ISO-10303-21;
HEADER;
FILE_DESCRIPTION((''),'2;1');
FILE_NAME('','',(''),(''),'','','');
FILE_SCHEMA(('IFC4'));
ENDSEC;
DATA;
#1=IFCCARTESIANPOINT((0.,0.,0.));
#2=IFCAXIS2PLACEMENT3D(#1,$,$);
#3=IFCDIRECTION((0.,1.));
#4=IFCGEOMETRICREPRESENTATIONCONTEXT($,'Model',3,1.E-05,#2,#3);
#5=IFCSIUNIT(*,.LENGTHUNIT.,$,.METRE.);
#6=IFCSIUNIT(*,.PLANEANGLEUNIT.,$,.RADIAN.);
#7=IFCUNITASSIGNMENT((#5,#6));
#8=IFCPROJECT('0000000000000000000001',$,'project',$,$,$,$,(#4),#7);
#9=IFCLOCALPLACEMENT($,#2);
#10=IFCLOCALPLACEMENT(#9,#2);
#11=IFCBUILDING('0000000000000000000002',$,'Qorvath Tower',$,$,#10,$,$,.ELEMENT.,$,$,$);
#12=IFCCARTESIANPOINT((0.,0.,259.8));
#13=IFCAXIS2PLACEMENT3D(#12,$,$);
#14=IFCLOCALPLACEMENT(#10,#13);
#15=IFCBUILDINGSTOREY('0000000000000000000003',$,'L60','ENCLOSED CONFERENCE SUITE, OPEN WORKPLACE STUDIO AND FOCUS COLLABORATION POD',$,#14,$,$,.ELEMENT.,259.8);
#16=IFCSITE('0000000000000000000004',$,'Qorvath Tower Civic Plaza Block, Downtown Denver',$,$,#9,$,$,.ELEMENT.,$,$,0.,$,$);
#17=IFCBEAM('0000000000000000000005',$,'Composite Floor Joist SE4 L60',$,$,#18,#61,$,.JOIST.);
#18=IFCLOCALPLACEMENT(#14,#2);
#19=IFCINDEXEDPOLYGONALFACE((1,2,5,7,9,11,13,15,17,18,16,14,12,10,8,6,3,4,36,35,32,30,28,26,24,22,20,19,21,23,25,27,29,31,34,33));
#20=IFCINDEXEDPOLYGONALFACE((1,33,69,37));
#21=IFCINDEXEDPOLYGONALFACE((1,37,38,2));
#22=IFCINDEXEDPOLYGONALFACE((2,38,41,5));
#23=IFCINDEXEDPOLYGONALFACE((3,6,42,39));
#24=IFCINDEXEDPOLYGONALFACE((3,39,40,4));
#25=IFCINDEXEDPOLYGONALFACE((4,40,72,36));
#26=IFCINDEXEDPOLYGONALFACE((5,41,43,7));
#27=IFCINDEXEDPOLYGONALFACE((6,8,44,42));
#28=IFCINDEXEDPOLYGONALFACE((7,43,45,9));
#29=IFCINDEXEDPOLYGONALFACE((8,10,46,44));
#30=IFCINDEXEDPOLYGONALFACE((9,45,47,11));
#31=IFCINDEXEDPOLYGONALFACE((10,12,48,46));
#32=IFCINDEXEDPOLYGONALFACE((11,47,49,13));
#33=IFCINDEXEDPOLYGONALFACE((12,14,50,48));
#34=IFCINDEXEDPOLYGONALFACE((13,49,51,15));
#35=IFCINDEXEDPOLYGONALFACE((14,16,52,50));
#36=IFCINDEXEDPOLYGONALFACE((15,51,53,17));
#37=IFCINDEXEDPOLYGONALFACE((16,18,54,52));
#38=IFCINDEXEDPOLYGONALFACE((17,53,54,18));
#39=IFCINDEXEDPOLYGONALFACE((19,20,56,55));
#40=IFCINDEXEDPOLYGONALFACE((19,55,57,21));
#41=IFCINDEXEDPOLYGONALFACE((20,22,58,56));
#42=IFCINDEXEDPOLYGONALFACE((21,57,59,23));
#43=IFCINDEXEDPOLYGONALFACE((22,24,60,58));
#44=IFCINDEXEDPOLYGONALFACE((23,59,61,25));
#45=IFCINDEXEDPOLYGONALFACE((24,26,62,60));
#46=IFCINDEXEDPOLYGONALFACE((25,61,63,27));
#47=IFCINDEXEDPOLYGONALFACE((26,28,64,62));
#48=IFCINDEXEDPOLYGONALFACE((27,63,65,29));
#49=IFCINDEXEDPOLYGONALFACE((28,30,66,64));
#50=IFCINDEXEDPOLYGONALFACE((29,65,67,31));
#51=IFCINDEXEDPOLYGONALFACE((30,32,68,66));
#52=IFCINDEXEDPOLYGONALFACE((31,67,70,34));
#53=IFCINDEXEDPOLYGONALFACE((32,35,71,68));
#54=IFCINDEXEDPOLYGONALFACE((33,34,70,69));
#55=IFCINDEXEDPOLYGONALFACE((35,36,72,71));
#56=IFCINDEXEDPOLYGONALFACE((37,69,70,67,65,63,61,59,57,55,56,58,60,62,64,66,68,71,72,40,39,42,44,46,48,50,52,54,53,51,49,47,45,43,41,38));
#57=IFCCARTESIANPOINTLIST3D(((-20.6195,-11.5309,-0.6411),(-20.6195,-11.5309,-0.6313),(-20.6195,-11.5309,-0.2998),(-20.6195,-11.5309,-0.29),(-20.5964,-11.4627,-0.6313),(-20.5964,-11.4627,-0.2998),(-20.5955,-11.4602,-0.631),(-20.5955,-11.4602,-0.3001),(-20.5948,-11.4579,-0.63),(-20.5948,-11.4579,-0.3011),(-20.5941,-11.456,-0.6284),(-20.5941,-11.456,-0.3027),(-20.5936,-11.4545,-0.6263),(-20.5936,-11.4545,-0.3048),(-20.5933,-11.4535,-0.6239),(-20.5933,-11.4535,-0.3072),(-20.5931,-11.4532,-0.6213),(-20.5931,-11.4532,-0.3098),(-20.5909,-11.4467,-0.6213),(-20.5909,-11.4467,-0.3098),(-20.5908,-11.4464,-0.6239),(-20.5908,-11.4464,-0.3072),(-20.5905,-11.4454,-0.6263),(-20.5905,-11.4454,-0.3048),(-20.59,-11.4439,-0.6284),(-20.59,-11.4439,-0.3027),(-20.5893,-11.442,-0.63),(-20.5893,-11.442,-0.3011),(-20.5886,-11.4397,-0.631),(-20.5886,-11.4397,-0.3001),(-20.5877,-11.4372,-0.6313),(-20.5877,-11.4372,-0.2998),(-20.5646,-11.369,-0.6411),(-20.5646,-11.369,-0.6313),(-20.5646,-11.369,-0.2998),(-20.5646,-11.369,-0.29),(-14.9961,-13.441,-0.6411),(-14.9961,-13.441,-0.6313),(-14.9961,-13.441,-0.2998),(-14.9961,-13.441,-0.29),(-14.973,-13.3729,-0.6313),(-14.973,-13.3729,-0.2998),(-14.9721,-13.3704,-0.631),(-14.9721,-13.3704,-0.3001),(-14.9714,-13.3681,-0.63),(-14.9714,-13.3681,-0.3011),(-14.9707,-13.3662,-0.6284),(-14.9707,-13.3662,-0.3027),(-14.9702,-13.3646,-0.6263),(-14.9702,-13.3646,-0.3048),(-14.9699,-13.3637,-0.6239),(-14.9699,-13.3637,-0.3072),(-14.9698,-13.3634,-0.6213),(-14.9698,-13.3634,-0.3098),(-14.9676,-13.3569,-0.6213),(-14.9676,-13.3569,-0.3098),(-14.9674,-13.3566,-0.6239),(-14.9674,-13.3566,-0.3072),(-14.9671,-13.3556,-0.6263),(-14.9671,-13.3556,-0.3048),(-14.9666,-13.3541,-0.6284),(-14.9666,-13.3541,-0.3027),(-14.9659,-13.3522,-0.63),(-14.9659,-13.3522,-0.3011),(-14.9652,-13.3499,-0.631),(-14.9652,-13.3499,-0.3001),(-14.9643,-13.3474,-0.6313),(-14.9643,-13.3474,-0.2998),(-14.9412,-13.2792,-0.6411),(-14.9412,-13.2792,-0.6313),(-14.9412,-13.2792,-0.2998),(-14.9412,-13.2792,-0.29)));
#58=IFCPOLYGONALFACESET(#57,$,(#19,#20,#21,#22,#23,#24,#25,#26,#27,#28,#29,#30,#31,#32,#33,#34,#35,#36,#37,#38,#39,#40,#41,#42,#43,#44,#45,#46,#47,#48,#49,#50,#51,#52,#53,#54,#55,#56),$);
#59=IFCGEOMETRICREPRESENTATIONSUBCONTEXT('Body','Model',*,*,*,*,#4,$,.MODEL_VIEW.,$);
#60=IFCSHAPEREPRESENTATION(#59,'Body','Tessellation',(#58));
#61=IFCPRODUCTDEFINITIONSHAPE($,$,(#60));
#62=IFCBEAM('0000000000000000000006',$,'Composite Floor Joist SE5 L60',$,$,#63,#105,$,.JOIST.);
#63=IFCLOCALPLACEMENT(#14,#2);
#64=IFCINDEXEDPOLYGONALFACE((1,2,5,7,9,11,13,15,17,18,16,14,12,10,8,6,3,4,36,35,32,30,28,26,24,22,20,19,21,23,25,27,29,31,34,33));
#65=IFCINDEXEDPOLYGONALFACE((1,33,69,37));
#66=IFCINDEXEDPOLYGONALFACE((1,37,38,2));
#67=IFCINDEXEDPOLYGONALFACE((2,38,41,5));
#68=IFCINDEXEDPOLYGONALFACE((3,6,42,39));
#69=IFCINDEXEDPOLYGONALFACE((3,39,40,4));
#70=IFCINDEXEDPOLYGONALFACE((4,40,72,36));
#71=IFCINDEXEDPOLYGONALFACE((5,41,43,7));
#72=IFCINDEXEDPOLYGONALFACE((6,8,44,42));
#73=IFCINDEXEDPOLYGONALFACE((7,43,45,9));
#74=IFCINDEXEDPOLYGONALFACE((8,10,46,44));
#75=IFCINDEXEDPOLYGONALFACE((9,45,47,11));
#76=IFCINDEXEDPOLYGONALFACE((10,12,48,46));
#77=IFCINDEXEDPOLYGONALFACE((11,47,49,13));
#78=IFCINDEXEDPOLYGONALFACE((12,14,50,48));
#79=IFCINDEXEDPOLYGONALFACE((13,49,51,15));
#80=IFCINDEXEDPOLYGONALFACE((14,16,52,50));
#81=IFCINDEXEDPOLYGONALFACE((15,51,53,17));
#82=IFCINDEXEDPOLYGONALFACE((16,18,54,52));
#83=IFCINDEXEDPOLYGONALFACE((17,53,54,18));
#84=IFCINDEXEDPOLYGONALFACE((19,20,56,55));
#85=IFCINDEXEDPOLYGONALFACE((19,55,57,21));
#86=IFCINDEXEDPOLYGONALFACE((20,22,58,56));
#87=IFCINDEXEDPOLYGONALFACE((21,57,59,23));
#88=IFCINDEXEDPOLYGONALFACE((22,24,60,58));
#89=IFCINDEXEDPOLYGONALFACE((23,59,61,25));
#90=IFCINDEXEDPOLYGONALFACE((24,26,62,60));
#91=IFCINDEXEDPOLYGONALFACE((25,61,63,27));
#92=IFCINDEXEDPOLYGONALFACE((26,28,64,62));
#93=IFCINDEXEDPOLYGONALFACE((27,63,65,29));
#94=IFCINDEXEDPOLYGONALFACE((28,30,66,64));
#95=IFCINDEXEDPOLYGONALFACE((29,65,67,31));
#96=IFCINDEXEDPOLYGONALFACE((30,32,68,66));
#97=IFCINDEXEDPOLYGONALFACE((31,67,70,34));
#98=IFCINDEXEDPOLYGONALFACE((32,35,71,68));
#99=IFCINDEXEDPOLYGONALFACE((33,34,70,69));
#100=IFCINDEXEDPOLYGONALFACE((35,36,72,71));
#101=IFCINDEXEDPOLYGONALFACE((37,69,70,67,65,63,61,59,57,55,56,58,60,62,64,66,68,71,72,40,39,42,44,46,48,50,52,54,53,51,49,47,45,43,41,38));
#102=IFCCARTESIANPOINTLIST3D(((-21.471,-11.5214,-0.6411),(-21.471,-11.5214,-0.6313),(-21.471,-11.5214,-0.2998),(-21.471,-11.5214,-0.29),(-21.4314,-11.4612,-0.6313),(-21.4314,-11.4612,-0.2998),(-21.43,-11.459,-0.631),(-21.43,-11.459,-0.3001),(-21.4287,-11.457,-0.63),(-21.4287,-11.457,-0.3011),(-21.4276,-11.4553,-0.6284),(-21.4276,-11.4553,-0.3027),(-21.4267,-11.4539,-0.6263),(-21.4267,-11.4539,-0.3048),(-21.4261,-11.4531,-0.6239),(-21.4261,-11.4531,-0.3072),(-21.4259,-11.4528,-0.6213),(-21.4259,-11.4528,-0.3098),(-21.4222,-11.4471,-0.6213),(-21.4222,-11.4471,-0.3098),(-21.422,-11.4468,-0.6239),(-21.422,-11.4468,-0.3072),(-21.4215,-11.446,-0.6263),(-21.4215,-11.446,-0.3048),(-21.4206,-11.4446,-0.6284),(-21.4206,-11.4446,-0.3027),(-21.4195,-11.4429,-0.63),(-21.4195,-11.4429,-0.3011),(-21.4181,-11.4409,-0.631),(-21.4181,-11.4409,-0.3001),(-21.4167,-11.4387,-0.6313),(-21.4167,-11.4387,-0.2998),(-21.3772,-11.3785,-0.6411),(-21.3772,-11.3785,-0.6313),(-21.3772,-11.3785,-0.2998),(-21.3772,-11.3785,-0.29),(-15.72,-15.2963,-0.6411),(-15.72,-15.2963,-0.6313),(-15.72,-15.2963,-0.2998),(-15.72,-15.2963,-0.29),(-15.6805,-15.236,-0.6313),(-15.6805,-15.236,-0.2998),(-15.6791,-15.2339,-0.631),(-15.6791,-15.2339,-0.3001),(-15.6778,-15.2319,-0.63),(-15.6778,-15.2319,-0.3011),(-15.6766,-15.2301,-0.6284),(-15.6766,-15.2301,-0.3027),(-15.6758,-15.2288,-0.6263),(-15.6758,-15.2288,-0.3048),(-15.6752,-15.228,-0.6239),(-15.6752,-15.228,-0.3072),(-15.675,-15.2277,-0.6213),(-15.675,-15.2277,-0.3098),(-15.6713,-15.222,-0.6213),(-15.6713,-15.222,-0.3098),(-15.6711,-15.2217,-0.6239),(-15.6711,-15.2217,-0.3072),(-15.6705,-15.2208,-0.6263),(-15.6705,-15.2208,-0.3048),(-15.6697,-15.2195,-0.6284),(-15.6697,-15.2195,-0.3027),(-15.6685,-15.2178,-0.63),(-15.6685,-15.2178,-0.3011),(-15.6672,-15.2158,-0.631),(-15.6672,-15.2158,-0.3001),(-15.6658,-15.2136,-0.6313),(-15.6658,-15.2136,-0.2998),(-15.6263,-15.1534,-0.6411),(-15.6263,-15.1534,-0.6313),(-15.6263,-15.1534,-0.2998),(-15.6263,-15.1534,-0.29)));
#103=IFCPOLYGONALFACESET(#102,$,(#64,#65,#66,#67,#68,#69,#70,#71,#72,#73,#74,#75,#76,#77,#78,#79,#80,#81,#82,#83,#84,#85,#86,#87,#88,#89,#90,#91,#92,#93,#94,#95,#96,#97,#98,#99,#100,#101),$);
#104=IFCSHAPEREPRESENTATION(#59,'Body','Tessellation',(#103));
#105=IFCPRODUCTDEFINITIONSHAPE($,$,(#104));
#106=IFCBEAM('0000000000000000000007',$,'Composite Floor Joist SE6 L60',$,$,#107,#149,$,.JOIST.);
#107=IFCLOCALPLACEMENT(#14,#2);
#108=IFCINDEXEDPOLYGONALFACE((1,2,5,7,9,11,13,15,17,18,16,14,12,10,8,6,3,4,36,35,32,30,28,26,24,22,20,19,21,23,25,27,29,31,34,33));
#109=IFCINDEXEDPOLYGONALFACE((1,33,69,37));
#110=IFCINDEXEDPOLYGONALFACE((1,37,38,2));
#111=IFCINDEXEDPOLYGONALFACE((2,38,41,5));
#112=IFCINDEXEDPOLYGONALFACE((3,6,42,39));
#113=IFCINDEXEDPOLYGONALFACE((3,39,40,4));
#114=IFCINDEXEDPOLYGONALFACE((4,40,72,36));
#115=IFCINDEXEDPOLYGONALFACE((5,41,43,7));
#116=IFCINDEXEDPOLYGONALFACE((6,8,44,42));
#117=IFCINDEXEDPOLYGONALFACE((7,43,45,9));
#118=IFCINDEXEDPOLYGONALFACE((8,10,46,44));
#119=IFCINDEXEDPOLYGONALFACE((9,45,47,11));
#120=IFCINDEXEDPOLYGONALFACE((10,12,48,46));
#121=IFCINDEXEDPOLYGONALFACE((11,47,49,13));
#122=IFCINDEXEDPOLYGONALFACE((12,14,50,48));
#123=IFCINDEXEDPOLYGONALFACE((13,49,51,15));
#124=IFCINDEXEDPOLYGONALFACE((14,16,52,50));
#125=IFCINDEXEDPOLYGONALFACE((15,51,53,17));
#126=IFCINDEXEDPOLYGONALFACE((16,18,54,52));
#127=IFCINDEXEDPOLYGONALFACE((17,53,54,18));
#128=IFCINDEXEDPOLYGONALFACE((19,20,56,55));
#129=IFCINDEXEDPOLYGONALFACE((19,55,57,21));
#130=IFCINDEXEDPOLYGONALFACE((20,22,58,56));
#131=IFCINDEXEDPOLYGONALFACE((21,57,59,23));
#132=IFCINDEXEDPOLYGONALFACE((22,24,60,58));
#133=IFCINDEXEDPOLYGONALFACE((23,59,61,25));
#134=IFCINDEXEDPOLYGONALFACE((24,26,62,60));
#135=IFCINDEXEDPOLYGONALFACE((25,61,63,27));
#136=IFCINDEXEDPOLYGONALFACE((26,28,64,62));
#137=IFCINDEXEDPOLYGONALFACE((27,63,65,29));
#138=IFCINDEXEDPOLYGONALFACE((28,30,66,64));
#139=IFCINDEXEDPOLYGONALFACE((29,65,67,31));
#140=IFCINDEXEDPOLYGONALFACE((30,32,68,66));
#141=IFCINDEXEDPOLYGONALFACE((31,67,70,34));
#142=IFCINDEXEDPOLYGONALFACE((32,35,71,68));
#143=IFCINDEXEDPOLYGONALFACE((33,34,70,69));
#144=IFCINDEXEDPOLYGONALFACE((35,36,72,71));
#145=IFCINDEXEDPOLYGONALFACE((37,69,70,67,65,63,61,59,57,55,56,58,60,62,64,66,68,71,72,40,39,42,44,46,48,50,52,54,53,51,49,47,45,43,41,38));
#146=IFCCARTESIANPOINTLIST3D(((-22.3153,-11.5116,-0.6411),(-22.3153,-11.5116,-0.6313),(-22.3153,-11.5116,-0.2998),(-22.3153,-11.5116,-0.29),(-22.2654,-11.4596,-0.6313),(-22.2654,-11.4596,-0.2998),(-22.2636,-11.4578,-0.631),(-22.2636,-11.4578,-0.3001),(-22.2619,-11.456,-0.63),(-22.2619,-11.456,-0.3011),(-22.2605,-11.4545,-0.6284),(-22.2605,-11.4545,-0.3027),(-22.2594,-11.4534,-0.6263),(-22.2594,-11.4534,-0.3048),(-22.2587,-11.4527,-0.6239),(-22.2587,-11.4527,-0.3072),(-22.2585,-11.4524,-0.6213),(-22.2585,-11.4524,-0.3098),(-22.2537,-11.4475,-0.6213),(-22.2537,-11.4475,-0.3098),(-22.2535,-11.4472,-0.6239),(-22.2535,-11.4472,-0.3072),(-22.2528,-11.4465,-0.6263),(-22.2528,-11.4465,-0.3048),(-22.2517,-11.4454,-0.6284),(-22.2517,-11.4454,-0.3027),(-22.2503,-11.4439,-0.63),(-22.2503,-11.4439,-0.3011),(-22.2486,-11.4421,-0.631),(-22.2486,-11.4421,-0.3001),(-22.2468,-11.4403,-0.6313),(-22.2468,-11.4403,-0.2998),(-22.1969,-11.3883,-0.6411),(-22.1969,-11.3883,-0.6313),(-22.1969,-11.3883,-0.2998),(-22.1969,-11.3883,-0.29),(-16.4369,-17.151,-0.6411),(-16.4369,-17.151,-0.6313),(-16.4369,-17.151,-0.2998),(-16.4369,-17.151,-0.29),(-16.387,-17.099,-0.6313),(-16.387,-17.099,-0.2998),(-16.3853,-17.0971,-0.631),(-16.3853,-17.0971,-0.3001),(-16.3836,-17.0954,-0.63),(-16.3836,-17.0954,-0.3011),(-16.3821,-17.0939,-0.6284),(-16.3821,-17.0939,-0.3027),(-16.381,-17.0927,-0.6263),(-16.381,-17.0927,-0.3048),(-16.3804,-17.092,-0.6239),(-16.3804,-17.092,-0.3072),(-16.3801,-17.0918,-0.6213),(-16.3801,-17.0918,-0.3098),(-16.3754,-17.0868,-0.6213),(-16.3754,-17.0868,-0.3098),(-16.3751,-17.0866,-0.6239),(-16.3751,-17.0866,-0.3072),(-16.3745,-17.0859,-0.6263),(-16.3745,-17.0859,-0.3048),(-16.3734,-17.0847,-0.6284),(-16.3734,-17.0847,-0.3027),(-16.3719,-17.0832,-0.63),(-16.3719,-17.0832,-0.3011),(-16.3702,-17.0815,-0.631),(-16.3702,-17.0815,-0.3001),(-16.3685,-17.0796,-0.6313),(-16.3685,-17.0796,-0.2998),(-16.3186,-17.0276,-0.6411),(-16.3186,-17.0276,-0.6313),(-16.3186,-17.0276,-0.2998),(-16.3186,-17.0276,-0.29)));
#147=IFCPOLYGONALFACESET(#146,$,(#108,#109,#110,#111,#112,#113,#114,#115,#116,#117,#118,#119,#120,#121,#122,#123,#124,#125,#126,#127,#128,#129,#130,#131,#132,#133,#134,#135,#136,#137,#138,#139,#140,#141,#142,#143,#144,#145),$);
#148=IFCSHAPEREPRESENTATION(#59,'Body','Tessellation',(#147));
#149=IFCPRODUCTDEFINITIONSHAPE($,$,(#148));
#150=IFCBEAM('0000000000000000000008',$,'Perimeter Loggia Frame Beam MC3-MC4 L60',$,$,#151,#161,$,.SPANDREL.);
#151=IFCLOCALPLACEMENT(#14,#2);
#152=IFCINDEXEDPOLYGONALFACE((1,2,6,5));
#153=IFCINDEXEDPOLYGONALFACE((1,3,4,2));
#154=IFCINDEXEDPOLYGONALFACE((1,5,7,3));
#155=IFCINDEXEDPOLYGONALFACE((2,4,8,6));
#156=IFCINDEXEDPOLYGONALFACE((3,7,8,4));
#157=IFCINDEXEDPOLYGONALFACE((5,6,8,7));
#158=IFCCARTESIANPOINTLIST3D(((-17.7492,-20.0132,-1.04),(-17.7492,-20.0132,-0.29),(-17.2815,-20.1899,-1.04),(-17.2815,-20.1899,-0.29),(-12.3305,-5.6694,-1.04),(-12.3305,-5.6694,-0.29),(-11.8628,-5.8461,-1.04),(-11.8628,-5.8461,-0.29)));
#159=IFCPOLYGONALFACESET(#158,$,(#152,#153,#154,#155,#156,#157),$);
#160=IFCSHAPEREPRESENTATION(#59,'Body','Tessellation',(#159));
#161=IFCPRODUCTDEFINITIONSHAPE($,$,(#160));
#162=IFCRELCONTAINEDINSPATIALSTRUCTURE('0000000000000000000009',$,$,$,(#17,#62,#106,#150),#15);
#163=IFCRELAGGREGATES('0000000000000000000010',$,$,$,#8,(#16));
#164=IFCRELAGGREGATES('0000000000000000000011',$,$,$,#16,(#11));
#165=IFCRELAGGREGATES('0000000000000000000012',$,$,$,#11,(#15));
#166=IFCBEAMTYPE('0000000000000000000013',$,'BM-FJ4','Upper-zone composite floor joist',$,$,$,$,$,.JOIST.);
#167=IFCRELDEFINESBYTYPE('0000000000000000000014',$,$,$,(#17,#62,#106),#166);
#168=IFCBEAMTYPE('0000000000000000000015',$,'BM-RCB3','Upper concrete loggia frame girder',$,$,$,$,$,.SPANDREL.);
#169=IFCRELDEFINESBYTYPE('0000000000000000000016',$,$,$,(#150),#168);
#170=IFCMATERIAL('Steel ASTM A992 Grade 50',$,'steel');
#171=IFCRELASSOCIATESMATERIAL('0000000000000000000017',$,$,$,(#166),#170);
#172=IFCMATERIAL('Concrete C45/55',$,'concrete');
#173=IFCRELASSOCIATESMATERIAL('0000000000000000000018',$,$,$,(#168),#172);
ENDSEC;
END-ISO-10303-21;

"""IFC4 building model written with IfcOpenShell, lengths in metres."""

from ifc_helpers import new_model, si_unit, direction, frame, origin, origin_2d, place, context, subcontext, project, spatial, rectangle, i_section, extrude, material, material_profile, profile_set, type_object, element, save


model = new_model("IFC4")

# Units and contexts
model_context = context("Model", 3, precision=1e-05, world=origin(), true_north=direction((0.0, 1.0)))
body_context = subcontext(model_context, "Body", "Model", "MODEL_VIEW")
ifc_project = project(units=[si_unit("LENGTHUNIT", "METRE"), si_unit("PLANEANGLEUNIT", "RADIAN")], contexts=[model_context])

# Site, building, storey
site_placement = place(None, origin())
site = spatial("IfcSite", under=ifc_project, at=site_placement, Name="Qorvath Tower Civic Plaza Block, Downtown Denver", CompositionType="ELEMENT", RefElevation=0.0)
building_placement = place(site_placement, origin())
building = spatial("IfcBuilding", under=site, at=building_placement, Name="Qorvath Tower", CompositionType="ELEMENT")
storey_placement = place(building_placement, frame((0.0, 0.0, 259.8)))
storey = spatial("IfcBuildingStorey", under=building, at=storey_placement, Name="L60", Description="ENCLOSED CONFERENCE SUITE, OPEN WORKPLACE STUDIO AND FOCUS COLLABORATION POD", CompositionType="ELEMENT", Elevation=259.8)

# Beams
ifc_material_1 = material(Name="Steel ASTM A992 Grade 50", Category="steel")
ifc_material_profile_1 = material_profile(ifc_material_1, i_section(OverallWidth=0.1709, OverallDepth=0.3511, WebThickness=0.0068, FlangeThickness=0.0098, FilletRadius=0.01, at=origin_2d()), Name="W14x30")
ifc_profile_set_1 = profile_set([ifc_material_profile_1], Name="Steel ASTM A992 Grade 50")
beam_type_1 = type_object("IfcBeamType", Name="BM-FJ4", Description="Upper-zone composite floor joist", PredefinedType="JOIST", material=ifc_profile_set_1)
beam_1_placement = place(storey_placement, frame((-20.592, -11.45, -0.4656), z_axis=(0.946863, -0.321637, 0.0), x_axis=(0.321637, 0.946863, 0.0)))
element("IfcBeam", 1, at=beam_1_placement, inside=storey, type_object=beam_type_1, Name="Composite Floor Joist SE4 L60", PredefinedType="JOIST", context=body_context, shape_type="SweptSolid", body=[
    extrude(i_section(OverallWidth=0.1709, OverallDepth=0.3511, WebThickness=0.0068, FlangeThickness=0.0098, FilletRadius=0.01, at=origin_2d()), origin(), (0.0, 0.0, 1.0), 5.939),
])
beam_2_placement = place(storey_placement, frame((-21.4241, -11.45, -0.4656), z_axis=(0.835993, -0.54874, 0.0), x_axis=(0.54874, 0.835993, 0.0)))
element("IfcBeam", 2, at=beam_2_placement, inside=storey, type_object=beam_type_1, Name="Composite Floor Joist SE5 L60", PredefinedType="JOIST", context=body_context, shape_type="SweptSolid", body=[
    extrude(i_section(OverallWidth=0.1709, OverallDepth=0.3511, WebThickness=0.0068, FlangeThickness=0.0098, FilletRadius=0.01, at=origin_2d()), origin(), (0.0, 0.0, 1.0), 6.8792),
])
beam_3_placement = place(storey_placement, frame((-22.2561, -11.45, -0.4656), z_axis=(0.721625, -0.692284, 0.0), x_axis=(0.692284, 0.721625, 0.0)))
element("IfcBeam", 3, at=beam_3_placement, inside=storey, type_object=beam_type_1, Name="Composite Floor Joist SE6 L60", PredefinedType="JOIST", context=body_context, shape_type="SweptSolid", body=[
    extrude(i_section(OverallWidth=0.1709, OverallDepth=0.3511, WebThickness=0.0068, FlangeThickness=0.0098, FilletRadius=0.01, at=origin_2d()), origin(), (0.0, 0.0, 1.0), 8.146),
])
ifc_material_2 = material(Name="Concrete C45/55", Category="concrete")
ifc_material_profile_2 = material_profile(ifc_material_2, rectangle(XDim=0.5, YDim=0.75, at=origin_2d()), Name="RCB 750x500")
ifc_profile_set_2 = profile_set([ifc_material_profile_2], Name="Concrete C45/55")
beam_type_2 = type_object("IfcBeamType", Name="BM-RCB3", Description="Upper concrete loggia frame girder", PredefinedType="SPANDREL", material=ifc_profile_set_2)
beam_4_placement = place(storey_placement, frame((-17.5154, -20.1016, -0.665), z_axis=(0.353398, 0.935473, 0.0), x_axis=(-0.935473, 0.353398, 0.0)))
element("IfcBeam", 4, at=beam_4_placement, inside=storey, type_object=beam_type_2, Name="Perimeter Loggia Frame Beam MC3-MC4 L60", PredefinedType="SPANDREL", context=body_context, shape_type="SweptSolid", body=[
    extrude(rectangle(XDim=0.5, YDim=0.75, at=origin_2d()), origin(), (0.0, 0.0, 1.0), 15.3333),
])

save(model, "model.ifc")
